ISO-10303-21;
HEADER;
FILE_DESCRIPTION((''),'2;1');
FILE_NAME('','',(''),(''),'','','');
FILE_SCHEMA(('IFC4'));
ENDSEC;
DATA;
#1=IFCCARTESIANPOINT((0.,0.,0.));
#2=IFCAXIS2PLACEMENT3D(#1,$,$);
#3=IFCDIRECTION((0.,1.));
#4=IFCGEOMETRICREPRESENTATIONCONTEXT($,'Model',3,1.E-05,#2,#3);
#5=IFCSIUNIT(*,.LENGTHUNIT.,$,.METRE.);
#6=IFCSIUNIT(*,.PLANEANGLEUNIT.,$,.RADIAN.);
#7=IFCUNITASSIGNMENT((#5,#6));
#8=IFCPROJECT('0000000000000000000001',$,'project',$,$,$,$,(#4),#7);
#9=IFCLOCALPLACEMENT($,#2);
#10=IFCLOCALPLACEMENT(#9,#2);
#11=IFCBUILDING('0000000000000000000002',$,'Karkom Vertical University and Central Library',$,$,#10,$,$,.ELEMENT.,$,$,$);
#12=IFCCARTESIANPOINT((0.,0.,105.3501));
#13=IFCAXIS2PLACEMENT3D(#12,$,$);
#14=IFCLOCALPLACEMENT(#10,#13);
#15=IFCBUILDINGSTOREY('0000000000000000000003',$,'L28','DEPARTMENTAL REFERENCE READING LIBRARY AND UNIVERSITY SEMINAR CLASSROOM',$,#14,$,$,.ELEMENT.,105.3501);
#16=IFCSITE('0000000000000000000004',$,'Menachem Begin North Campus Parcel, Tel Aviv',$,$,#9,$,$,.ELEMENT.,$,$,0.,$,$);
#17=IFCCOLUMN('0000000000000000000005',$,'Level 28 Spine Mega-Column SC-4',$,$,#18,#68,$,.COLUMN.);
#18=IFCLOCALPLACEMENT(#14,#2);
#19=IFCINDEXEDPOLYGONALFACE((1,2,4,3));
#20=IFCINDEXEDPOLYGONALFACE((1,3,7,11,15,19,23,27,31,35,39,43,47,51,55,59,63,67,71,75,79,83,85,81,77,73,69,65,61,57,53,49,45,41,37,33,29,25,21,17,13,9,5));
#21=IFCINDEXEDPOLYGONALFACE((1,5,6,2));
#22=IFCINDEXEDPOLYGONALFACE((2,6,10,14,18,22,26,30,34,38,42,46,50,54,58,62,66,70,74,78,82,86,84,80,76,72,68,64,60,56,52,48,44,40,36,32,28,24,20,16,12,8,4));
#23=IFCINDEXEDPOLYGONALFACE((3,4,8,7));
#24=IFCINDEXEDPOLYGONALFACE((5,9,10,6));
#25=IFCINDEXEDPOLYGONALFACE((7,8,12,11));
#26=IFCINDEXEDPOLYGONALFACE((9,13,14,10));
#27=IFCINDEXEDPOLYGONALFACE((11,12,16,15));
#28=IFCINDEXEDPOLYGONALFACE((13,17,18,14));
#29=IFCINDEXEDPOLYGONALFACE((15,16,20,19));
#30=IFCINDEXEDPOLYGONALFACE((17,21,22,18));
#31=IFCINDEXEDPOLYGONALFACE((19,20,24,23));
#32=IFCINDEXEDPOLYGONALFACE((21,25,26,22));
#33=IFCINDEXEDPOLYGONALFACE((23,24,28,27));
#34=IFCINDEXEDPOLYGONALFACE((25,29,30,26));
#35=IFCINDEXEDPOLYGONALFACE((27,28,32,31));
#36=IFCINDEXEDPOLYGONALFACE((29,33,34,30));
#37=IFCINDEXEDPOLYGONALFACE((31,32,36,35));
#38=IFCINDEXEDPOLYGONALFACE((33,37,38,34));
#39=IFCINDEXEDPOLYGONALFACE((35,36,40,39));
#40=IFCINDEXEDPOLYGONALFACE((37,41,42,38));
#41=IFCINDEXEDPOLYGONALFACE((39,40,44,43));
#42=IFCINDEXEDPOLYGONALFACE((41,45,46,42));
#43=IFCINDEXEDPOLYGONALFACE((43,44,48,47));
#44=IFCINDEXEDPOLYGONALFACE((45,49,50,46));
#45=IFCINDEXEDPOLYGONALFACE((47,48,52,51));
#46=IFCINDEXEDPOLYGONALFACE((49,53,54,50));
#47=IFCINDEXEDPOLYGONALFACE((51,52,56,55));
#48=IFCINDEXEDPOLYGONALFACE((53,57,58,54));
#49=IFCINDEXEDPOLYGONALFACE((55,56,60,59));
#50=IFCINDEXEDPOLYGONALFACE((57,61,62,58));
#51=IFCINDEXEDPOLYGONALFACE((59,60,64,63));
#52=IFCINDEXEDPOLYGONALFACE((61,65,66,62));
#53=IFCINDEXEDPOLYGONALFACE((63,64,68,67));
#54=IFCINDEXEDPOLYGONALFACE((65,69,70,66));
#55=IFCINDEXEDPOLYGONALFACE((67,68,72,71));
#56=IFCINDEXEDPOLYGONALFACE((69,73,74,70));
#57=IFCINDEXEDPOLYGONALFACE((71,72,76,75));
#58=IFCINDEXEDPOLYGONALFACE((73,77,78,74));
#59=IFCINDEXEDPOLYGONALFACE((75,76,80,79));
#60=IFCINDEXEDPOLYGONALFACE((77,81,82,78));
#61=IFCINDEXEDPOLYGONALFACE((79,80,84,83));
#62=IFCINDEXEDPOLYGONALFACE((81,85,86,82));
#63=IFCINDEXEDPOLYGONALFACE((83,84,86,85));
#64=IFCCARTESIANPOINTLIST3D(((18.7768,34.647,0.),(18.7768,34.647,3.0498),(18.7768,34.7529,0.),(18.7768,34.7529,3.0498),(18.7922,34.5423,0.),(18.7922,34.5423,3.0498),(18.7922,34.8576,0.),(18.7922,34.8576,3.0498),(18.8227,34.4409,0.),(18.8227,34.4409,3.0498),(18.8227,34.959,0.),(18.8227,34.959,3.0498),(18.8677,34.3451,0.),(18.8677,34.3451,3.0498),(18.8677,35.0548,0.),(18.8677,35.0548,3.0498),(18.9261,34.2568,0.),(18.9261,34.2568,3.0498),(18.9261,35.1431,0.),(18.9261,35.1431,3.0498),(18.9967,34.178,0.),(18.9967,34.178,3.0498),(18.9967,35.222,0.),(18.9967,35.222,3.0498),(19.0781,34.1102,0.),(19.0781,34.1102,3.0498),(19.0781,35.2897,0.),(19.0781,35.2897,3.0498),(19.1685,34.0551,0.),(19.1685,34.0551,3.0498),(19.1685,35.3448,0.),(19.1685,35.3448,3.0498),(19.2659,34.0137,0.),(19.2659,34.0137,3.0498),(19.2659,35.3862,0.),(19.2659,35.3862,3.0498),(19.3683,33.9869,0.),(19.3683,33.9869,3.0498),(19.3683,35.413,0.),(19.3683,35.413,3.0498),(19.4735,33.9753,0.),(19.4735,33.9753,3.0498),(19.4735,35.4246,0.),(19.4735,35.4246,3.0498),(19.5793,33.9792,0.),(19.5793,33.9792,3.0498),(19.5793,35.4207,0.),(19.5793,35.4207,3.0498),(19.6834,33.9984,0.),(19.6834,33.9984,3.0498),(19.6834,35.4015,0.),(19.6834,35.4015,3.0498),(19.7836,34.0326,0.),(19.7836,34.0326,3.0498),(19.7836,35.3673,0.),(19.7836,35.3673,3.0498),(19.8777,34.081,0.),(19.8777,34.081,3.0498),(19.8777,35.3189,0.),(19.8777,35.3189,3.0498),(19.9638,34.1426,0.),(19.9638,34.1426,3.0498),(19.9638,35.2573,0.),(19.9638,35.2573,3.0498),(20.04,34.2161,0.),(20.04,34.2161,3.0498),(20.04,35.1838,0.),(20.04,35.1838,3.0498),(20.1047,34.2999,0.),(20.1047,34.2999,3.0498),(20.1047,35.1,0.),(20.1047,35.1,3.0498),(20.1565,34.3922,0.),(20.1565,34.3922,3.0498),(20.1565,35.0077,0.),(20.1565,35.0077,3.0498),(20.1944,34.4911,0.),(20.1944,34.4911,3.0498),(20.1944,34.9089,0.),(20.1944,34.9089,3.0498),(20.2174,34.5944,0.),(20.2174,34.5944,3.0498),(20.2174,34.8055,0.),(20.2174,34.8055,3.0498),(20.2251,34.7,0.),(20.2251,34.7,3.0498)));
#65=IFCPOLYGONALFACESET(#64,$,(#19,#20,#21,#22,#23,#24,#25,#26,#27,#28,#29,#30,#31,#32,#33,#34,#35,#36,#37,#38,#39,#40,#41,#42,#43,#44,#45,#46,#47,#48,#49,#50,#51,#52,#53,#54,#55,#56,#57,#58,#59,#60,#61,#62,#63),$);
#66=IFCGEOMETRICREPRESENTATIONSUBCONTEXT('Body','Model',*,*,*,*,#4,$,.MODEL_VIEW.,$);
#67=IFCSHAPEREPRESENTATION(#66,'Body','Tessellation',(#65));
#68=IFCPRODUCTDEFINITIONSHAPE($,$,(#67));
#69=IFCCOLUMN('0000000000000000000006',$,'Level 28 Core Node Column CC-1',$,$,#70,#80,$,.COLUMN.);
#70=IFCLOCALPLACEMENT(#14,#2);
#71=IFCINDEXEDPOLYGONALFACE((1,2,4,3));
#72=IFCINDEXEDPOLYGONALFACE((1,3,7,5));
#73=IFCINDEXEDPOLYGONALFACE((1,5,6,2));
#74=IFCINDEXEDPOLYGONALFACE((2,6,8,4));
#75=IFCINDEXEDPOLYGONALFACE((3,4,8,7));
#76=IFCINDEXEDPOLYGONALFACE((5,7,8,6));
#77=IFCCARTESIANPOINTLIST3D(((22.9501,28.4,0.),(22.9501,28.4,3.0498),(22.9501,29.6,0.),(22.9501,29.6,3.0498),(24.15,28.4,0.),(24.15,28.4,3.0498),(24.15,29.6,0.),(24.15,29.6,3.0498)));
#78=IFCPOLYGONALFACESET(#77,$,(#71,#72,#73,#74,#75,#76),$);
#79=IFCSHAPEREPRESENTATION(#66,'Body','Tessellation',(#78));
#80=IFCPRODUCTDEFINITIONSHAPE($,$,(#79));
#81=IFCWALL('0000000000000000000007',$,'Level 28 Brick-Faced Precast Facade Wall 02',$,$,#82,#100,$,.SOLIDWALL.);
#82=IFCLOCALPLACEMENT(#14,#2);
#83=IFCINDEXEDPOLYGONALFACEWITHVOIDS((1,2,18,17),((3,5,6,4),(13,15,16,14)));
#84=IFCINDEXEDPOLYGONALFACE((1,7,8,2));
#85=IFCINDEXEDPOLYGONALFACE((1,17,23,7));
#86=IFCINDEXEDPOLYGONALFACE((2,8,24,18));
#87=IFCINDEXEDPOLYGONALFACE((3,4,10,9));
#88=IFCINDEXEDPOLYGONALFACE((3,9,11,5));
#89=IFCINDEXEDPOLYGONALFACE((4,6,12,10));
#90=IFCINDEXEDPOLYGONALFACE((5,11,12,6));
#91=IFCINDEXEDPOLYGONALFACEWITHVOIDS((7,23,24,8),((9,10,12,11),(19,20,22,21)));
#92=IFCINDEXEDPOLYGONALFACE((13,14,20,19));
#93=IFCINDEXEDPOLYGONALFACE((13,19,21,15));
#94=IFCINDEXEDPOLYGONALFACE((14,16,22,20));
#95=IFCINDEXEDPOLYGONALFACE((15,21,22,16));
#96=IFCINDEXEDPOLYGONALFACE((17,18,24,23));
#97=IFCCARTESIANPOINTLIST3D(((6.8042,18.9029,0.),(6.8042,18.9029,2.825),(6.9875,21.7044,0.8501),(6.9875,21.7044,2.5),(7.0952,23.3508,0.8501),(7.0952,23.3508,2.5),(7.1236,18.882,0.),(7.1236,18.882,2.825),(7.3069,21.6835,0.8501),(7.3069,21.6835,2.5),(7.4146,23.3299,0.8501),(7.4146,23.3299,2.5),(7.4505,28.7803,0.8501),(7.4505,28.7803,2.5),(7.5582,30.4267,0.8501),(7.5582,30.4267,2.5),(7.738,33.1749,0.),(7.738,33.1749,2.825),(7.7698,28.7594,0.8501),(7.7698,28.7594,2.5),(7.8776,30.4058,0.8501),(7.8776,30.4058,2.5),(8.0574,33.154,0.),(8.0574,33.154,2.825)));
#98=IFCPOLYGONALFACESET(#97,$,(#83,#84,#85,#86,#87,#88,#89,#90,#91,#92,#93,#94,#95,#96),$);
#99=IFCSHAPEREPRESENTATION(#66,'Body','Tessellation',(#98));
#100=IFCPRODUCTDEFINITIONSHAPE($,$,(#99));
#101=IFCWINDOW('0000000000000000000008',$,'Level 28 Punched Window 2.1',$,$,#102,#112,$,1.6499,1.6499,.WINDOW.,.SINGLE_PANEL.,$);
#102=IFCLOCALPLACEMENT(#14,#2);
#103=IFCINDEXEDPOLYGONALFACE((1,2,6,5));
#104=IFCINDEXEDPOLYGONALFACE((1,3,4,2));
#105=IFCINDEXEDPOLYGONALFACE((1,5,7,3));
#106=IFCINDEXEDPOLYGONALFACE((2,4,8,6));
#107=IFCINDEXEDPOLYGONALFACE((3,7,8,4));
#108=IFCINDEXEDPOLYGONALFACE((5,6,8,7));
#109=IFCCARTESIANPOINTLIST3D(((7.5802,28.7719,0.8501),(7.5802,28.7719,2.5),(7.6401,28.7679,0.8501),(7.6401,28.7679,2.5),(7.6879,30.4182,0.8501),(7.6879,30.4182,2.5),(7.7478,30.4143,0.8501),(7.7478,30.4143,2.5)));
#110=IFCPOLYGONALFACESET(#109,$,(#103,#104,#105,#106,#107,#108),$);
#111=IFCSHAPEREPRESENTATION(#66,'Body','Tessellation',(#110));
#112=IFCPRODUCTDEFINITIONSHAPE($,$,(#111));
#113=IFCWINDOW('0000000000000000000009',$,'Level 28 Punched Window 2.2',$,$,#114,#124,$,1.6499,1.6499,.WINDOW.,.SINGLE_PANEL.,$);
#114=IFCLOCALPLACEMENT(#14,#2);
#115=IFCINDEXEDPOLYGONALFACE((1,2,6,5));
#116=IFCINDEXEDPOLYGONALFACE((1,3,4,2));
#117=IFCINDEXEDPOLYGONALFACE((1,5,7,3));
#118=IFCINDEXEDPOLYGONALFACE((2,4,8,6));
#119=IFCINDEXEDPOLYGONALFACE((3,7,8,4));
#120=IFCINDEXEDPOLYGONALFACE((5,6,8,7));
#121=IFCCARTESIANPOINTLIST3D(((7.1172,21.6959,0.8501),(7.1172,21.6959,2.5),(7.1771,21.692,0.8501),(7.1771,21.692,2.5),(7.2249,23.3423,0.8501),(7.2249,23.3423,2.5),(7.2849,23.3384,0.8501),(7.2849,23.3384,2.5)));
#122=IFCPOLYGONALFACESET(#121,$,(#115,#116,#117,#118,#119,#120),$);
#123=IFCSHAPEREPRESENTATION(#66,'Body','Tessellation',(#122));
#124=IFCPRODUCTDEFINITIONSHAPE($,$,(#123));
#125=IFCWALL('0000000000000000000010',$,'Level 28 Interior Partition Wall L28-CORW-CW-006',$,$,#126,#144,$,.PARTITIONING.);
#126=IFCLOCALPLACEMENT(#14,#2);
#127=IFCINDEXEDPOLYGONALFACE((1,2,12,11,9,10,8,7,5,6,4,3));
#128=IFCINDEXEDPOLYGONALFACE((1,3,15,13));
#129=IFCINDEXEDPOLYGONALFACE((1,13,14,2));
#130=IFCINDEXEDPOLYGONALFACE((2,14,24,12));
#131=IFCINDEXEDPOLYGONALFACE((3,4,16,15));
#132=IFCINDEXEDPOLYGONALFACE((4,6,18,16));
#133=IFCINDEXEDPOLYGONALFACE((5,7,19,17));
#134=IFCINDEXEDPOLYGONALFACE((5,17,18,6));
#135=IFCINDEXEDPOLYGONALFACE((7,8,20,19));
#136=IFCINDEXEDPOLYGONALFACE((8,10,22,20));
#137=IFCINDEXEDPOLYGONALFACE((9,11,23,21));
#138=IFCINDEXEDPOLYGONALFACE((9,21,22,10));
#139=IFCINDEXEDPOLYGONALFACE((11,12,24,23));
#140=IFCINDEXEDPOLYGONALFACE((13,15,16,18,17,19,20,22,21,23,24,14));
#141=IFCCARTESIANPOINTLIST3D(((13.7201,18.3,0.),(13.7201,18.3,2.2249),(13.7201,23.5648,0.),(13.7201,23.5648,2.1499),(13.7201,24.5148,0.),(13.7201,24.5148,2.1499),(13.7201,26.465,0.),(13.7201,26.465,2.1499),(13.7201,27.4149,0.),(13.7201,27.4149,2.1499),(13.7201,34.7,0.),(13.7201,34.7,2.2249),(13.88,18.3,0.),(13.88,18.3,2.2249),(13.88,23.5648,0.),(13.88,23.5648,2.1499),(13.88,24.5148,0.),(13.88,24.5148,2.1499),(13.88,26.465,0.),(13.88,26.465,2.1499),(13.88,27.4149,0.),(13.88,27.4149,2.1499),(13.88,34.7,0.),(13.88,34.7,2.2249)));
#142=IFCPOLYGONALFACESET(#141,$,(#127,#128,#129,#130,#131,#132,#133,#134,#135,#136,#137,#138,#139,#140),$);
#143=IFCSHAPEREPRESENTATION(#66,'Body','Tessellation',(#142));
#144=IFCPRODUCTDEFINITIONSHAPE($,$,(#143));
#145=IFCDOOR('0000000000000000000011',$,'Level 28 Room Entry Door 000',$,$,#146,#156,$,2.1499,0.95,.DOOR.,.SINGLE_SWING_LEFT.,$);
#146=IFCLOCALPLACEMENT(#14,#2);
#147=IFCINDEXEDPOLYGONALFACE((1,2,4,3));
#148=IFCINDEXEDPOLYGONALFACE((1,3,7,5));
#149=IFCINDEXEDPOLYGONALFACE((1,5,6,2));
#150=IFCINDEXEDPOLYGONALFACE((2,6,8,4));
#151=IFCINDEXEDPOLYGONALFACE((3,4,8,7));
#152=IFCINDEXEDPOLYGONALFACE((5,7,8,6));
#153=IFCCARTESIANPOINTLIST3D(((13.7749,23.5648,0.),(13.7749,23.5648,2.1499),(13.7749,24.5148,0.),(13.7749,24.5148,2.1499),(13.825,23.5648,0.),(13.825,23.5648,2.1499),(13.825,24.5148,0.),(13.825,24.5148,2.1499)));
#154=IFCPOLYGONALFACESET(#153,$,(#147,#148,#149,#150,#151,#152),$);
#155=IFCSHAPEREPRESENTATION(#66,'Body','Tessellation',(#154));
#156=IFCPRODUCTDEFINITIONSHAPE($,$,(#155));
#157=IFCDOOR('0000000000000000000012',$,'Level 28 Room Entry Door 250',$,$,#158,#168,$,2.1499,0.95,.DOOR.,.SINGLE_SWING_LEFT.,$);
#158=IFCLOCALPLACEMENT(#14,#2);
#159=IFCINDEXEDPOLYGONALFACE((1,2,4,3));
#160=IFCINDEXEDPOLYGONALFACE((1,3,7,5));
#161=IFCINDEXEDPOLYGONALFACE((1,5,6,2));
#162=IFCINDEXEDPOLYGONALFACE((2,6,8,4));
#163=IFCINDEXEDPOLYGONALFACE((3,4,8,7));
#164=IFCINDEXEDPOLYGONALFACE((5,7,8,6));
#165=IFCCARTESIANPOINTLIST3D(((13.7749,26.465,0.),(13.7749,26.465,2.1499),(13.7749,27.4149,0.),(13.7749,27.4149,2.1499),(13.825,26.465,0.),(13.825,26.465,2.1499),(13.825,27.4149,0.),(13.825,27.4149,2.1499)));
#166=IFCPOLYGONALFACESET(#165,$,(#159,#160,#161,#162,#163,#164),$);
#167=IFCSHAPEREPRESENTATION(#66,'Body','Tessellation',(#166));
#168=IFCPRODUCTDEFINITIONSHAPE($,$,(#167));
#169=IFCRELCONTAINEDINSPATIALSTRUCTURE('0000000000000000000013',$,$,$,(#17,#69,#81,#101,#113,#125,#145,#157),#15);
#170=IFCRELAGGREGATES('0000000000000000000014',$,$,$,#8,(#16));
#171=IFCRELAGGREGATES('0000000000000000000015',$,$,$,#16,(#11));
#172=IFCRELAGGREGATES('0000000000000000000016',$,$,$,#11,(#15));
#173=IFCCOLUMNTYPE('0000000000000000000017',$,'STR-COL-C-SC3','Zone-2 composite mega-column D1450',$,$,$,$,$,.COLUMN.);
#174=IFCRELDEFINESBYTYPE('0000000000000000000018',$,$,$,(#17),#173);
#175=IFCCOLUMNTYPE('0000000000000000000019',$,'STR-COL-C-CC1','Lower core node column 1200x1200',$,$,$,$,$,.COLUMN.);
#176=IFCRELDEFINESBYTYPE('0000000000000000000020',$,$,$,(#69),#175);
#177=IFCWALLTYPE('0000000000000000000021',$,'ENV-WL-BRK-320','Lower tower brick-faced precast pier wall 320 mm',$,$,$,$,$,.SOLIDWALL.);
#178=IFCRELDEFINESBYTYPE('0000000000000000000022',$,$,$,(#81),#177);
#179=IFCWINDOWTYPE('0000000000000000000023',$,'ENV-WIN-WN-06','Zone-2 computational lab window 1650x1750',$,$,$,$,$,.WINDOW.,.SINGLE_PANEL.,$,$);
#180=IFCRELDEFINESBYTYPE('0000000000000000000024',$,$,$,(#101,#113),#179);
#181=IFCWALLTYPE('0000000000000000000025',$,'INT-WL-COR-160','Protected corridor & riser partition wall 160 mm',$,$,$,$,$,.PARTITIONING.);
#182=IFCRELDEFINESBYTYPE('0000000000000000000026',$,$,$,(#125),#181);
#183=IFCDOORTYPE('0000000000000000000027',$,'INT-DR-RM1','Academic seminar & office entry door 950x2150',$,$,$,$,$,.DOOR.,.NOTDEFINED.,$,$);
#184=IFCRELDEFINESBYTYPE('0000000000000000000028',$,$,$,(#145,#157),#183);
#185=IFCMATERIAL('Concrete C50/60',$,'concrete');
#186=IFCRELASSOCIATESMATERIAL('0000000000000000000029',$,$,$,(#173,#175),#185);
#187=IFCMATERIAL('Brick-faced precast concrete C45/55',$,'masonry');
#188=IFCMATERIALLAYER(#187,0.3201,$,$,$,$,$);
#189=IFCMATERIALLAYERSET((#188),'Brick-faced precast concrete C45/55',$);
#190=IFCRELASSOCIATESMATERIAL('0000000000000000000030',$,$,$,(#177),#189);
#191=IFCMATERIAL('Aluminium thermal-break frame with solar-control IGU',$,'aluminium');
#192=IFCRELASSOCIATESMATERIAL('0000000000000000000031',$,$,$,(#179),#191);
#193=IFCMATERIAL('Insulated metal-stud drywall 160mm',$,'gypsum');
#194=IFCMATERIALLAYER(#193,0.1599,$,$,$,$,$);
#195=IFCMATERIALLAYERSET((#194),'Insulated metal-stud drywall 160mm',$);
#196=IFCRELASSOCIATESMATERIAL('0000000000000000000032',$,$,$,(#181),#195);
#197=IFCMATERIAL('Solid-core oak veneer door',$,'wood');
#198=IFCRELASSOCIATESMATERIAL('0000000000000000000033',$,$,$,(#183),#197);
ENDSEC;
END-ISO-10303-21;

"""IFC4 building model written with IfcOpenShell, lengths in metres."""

from ifc_helpers import new_model, si_unit, direction, frame, frame_2d, origin, origin_with_axes, origin_2d, place, context, subcontext, project, spatial, rectangle, circle, extrude, source, transform, mapped, material, layer, layer_set, material_profile, profile_set, type_object, element, fill, save


model = new_model("IFC4")

# Units and contexts
model_context = context("Model", 3, precision=1e-05, world=origin(), true_north=direction((0.0, 1.0)))
body_context = subcontext(model_context, "Body", "Model", "MODEL_VIEW")
ifc_project = project(units=[si_unit("LENGTHUNIT", "METRE"), si_unit("PLANEANGLEUNIT", "RADIAN")], contexts=[model_context])

# Site, building, storey
site_placement = place(None, origin())
site = spatial("IfcSite", under=ifc_project, at=site_placement, Name="Menachem Begin North Campus Parcel, Tel Aviv", CompositionType="ELEMENT", RefElevation=0.0)
building_placement = place(site_placement, origin())
building = spatial("IfcBuilding", under=site, at=building_placement, Name="Karkom Vertical University and Central Library", CompositionType="ELEMENT")
storey_placement = place(building_placement, frame((0.0, 0.0, 105.3501)))
storey = spatial("IfcBuildingStorey", under=building, at=storey_placement, Name="L28", Description="DEPARTMENTAL REFERENCE READING LIBRARY AND UNIVERSITY SEMINAR CLASSROOM", CompositionType="ELEMENT", Elevation=105.3501)

# Columns
ifc_material_1 = material(Name="Concrete C50/60", Category="concrete")
ifc_material_profile_1 = material_profile(ifc_material_1, circle(Radius=0.7251, at=origin_2d()), Name="CFT-D1450")
ifc_profile_set_1 = profile_set([ifc_material_profile_1], Name="Concrete C50/60")
column_type_1 = type_object("IfcColumnType", Name="STR-COL-C-SC3", Description="Zone-2 composite mega-column D1450", PredefinedType="COLUMN", material=ifc_profile_set_1)
shared_shape_1 = source(origin_with_axes(), body_context, "Body", "SweptSolid", [
    extrude(circle(Radius=0.7251, at=origin_2d()), origin(), (0.0, 0.0, 1.0), 3.0498),
])
column_1_placement = place(storey_placement, frame((19.5, 34.7, 0.0), z_axis=(0.0, 0.0, 1.0), x_axis=(1.0, 0.0, 0.0)))
element("IfcColumn", 1, at=column_1_placement, inside=storey, type_object=column_type_1, Name="Level 28 Spine Mega-Column SC-4", PredefinedType="COLUMN", context=body_context, shape_type="MappedRepresentation", body=[
    mapped(shared_shape_1, transform((0.0, 0.0, 0.0), scale=1.0)),
])
ifc_material_profile_2 = material_profile(ifc_material_1, rectangle(XDim=1.2, YDim=1.2, at=origin_2d()), Name="RC-1200x1200")
ifc_profile_set_2 = profile_set([ifc_material_profile_2], Name="Concrete C50/60")
column_type_2 = type_object("IfcColumnType", Name="STR-COL-C-CC1", Description="Lower core node column 1200x1200", PredefinedType="COLUMN", material=ifc_profile_set_2)
shared_shape_2 = source(origin_with_axes(), body_context, "Body", "SweptSolid", [
    extrude(rectangle(XDim=1.2, YDim=1.2, at=origin_2d()), origin(), (0.0, 0.0, 1.0), 3.0498),
])
column_2_placement = place(storey_placement, frame((23.55, 29.0, 0.0), z_axis=(0.0, 0.0, 1.0), x_axis=(1.0, 0.0, 0.0)))
element("IfcColumn", 2, at=column_2_placement, inside=storey, type_object=column_type_2, Name="Level 28 Core Node Column CC-1", PredefinedType="COLUMN", context=body_context, shape_type="MappedRepresentation", body=[
    mapped(shared_shape_2, transform((0.0, 0.0, 0.0), scale=1.0)),
])

# Wall, openings, windows
ifc_material_2 = material(Name="Brick-faced precast concrete C45/55", Category="masonry")
ifc_layer_1 = layer(ifc_material_2, 0.3201)
ifc_layer_set_1 = layer_set([ifc_layer_1], Name="Brick-faced precast concrete C45/55")
wall_type_1 = type_object("IfcWallType", Name="ENV-WL-BRK-320", Description="Lower tower brick-faced precast pier wall 320 mm", PredefinedType="SOLIDWALL", material=ifc_layer_set_1)
wall_1_placement = place(storey_placement, frame((7.8977, 33.1646, 0.0), z_axis=(0.0, 0.0, 1.0), x_axis=(-0.065292, -0.997866, 0.0)))
wall_1 = element("IfcWall", 3, at=wall_1_placement, inside=storey, type_object=wall_type_1, Name="Level 28 Brick-Faced Precast Facade Wall 02", PredefinedType="SOLIDWALL", context=body_context, shape_type="SweptSolid", body=[
    extrude(rectangle(XDim=14.3025, YDim=0.3201, at=frame_2d((7.1514, 0.0))), origin(), (0.0, 0.0, 1.0), 2.825),
])
opening_1_placement = place(wall_1_placement, frame((2.7542, 0.0, 0.8501)))
opening_1 = element("IfcOpeningElement", 4, at=opening_1_placement, cuts=wall_1, PredefinedType="OPENING", context=body_context, shape_type="SweptSolid", body=[
    extrude(rectangle(XDim=1.6499, YDim=1.6499, at=frame_2d((0.825, 0.825))), frame((0.0, 0.1699, 0.0), z_axis=(0.0, -1.0, 0.0), x_axis=(1.0, 0.0, 0.0)), (0.0, 0.0, 1.0), 0.3401),
])
opening_2_placement = place(wall_1_placement, frame((9.8452, 0.0, 0.8501)))
opening_2 = element("IfcOpeningElement", 5, at=opening_2_placement, cuts=wall_1, PredefinedType="OPENING", context=body_context, shape_type="SweptSolid", body=[
    extrude(rectangle(XDim=1.6499, YDim=1.6499, at=frame_2d((0.825, 0.825))), frame((0.0, 0.1699, 0.0), z_axis=(0.0, -1.0, 0.0), x_axis=(1.0, 0.0, 0.0)), (0.0, 0.0, 1.0), 0.3401),
])
ifc_material_3 = material(Name="Aluminium thermal-break frame with solar-control IGU", Category="aluminium")
window_type = type_object("IfcWindowType", Name="ENV-WIN-WN-06", Description="Zone-2 computational lab window 1650x1750", PartitioningType="SINGLE_PANEL", PredefinedType="WINDOW", material=ifc_material_3)
shared_shape_3 = source(origin_with_axes(), body_context, "Body", "SweptSolid", [
    extrude(rectangle(XDim=1.6499, YDim=1.6499, at=frame_2d((0.825, 0.825))), frame((0.0, 0.03, 0.0), z_axis=(0.0, -1.0, 0.0), x_axis=(1.0, 0.0, 0.0)), (0.0, 0.0, 1.0), 0.0601),
])
window_1_placement = place(opening_1_placement, origin())
window_1 = element("IfcWindow", 6, at=window_1_placement, inside=storey, type_object=window_type, Name="Level 28 Punched Window 2.1", OverallHeight=1.6499, OverallWidth=1.6499, PartitioningType="SINGLE_PANEL", PredefinedType="WINDOW", context=body_context, shape_type="MappedRepresentation", body=[
    mapped(shared_shape_3, transform((0.0, 0.0, 0.0), scale=1.0)),
])
fill(opening_1, window_1)
window_2_placement = place(opening_2_placement, origin())
window_2 = element("IfcWindow", 7, at=window_2_placement, inside=storey, type_object=window_type, Name="Level 28 Punched Window 2.2", OverallHeight=1.6499, OverallWidth=1.6499, PartitioningType="SINGLE_PANEL", PredefinedType="WINDOW", context=body_context, shape_type="MappedRepresentation", body=[
    mapped(shared_shape_3, transform((0.0, 0.0, 0.0), scale=1.0)),
])
fill(opening_2, window_2)

# Wall, openings, doors
ifc_material_4 = material(Name="Insulated metal-stud drywall 160mm", Category="gypsum")
ifc_layer_2 = layer(ifc_material_4, 0.1599)
ifc_layer_set_2 = layer_set([ifc_layer_2], Name="Insulated metal-stud drywall 160mm")
wall_type_2 = type_object("IfcWallType", Name="INT-WL-COR-160", Description="Protected corridor & riser partition wall 160 mm", PredefinedType="PARTITIONING", material=ifc_layer_set_2)
wall_2_placement = place(storey_placement, frame((13.8, 34.7, 0.0), z_axis=(0.0, 0.0, 1.0), x_axis=(0.0, -1.0, 0.0)))
wall_2 = element("IfcWall", 8, at=wall_2_placement, inside=storey, type_object=wall_type_2, Name="Level 28 Interior Partition Wall L28-CORW-CW-006", PredefinedType="PARTITIONING", context=body_context, shape_type="SweptSolid", body=[
    extrude(rectangle(XDim=16.3999, YDim=0.1599, at=frame_2d((8.2, 0.0))), origin(), (0.0, 0.0, 1.0), 2.2249),
])
opening_3_placement = place(wall_2_placement, frame((10.1851, 0.0, 0.0)))
opening_3 = element("IfcOpeningElement", 9, at=opening_3_placement, cuts=wall_2, PredefinedType="OPENING", context=body_context, shape_type="SweptSolid", body=[
    extrude(rectangle(XDim=0.95, YDim=2.1499, at=frame_2d((0.4751, 1.075))), frame((0.0, 0.0898, 0.0), z_axis=(0.0, -1.0, 0.0), x_axis=(1.0, 0.0, 0.0)), (0.0, 0.0, 1.0), 0.1799),
])
opening_4_placement = place(wall_2_placement, frame((7.2849, 0.0, 0.0)))
opening_4 = element("IfcOpeningElement", 10, at=opening_4_placement, cuts=wall_2, PredefinedType="OPENING", context=body_context, shape_type="SweptSolid", body=[
    extrude(rectangle(XDim=0.95, YDim=2.1499, at=frame_2d((0.4751, 1.075))), frame((0.0, 0.0898, 0.0), z_axis=(0.0, -1.0, 0.0), x_axis=(1.0, 0.0, 0.0)), (0.0, 0.0, 1.0), 0.1799),
])
ifc_material_5 = material(Name="Solid-core oak veneer door", Category="wood")
door_type_1 = type_object("IfcDoorType", Name="INT-DR-RM1", Description="Academic seminar & office entry door 950x2150", OperationType="NOTDEFINED", PredefinedType="DOOR", material=ifc_material_5)
shared_shape_4 = source(origin_with_axes(), body_context, "Body", "SweptSolid", [
    extrude(rectangle(XDim=0.95, YDim=2.1499, at=frame_2d((0.4751, 1.075))), frame((0.0, 0.0249, 0.0), z_axis=(0.0, -1.0, 0.0), x_axis=(1.0, 0.0, 0.0)), (0.0, 0.0, 1.0), 0.05),
])
door_1_placement = place(opening_3_placement, origin())
door_1 = element("IfcDoor", 11, at=door_1_placement, inside=storey, type_object=door_type_1, Name="Level 28 Room Entry Door 000", OperationType="SINGLE_SWING_LEFT", OverallHeight=2.1499, OverallWidth=0.95, PredefinedType="DOOR", context=body_context, shape_type="MappedRepresentation", body=[
    mapped(shared_shape_4, transform((0.0, 0.0, 0.0), scale=1.0)),
])
fill(opening_3, door_1)
door_2_placement = place(opening_4_placement, origin())
door_2 = element("IfcDoor", 12, at=door_2_placement, inside=storey, type_object=door_type_1, Name="Level 28 Room Entry Door 250", OperationType="SINGLE_SWING_LEFT", OverallHeight=2.1499, OverallWidth=0.95, PredefinedType="DOOR", context=body_context, shape_type="MappedRepresentation", body=[
    mapped(shared_shape_4, transform((0.0, 0.0, 0.0), scale=1.0)),
])
fill(opening_4, door_2)

save(model, "model.ifc")
